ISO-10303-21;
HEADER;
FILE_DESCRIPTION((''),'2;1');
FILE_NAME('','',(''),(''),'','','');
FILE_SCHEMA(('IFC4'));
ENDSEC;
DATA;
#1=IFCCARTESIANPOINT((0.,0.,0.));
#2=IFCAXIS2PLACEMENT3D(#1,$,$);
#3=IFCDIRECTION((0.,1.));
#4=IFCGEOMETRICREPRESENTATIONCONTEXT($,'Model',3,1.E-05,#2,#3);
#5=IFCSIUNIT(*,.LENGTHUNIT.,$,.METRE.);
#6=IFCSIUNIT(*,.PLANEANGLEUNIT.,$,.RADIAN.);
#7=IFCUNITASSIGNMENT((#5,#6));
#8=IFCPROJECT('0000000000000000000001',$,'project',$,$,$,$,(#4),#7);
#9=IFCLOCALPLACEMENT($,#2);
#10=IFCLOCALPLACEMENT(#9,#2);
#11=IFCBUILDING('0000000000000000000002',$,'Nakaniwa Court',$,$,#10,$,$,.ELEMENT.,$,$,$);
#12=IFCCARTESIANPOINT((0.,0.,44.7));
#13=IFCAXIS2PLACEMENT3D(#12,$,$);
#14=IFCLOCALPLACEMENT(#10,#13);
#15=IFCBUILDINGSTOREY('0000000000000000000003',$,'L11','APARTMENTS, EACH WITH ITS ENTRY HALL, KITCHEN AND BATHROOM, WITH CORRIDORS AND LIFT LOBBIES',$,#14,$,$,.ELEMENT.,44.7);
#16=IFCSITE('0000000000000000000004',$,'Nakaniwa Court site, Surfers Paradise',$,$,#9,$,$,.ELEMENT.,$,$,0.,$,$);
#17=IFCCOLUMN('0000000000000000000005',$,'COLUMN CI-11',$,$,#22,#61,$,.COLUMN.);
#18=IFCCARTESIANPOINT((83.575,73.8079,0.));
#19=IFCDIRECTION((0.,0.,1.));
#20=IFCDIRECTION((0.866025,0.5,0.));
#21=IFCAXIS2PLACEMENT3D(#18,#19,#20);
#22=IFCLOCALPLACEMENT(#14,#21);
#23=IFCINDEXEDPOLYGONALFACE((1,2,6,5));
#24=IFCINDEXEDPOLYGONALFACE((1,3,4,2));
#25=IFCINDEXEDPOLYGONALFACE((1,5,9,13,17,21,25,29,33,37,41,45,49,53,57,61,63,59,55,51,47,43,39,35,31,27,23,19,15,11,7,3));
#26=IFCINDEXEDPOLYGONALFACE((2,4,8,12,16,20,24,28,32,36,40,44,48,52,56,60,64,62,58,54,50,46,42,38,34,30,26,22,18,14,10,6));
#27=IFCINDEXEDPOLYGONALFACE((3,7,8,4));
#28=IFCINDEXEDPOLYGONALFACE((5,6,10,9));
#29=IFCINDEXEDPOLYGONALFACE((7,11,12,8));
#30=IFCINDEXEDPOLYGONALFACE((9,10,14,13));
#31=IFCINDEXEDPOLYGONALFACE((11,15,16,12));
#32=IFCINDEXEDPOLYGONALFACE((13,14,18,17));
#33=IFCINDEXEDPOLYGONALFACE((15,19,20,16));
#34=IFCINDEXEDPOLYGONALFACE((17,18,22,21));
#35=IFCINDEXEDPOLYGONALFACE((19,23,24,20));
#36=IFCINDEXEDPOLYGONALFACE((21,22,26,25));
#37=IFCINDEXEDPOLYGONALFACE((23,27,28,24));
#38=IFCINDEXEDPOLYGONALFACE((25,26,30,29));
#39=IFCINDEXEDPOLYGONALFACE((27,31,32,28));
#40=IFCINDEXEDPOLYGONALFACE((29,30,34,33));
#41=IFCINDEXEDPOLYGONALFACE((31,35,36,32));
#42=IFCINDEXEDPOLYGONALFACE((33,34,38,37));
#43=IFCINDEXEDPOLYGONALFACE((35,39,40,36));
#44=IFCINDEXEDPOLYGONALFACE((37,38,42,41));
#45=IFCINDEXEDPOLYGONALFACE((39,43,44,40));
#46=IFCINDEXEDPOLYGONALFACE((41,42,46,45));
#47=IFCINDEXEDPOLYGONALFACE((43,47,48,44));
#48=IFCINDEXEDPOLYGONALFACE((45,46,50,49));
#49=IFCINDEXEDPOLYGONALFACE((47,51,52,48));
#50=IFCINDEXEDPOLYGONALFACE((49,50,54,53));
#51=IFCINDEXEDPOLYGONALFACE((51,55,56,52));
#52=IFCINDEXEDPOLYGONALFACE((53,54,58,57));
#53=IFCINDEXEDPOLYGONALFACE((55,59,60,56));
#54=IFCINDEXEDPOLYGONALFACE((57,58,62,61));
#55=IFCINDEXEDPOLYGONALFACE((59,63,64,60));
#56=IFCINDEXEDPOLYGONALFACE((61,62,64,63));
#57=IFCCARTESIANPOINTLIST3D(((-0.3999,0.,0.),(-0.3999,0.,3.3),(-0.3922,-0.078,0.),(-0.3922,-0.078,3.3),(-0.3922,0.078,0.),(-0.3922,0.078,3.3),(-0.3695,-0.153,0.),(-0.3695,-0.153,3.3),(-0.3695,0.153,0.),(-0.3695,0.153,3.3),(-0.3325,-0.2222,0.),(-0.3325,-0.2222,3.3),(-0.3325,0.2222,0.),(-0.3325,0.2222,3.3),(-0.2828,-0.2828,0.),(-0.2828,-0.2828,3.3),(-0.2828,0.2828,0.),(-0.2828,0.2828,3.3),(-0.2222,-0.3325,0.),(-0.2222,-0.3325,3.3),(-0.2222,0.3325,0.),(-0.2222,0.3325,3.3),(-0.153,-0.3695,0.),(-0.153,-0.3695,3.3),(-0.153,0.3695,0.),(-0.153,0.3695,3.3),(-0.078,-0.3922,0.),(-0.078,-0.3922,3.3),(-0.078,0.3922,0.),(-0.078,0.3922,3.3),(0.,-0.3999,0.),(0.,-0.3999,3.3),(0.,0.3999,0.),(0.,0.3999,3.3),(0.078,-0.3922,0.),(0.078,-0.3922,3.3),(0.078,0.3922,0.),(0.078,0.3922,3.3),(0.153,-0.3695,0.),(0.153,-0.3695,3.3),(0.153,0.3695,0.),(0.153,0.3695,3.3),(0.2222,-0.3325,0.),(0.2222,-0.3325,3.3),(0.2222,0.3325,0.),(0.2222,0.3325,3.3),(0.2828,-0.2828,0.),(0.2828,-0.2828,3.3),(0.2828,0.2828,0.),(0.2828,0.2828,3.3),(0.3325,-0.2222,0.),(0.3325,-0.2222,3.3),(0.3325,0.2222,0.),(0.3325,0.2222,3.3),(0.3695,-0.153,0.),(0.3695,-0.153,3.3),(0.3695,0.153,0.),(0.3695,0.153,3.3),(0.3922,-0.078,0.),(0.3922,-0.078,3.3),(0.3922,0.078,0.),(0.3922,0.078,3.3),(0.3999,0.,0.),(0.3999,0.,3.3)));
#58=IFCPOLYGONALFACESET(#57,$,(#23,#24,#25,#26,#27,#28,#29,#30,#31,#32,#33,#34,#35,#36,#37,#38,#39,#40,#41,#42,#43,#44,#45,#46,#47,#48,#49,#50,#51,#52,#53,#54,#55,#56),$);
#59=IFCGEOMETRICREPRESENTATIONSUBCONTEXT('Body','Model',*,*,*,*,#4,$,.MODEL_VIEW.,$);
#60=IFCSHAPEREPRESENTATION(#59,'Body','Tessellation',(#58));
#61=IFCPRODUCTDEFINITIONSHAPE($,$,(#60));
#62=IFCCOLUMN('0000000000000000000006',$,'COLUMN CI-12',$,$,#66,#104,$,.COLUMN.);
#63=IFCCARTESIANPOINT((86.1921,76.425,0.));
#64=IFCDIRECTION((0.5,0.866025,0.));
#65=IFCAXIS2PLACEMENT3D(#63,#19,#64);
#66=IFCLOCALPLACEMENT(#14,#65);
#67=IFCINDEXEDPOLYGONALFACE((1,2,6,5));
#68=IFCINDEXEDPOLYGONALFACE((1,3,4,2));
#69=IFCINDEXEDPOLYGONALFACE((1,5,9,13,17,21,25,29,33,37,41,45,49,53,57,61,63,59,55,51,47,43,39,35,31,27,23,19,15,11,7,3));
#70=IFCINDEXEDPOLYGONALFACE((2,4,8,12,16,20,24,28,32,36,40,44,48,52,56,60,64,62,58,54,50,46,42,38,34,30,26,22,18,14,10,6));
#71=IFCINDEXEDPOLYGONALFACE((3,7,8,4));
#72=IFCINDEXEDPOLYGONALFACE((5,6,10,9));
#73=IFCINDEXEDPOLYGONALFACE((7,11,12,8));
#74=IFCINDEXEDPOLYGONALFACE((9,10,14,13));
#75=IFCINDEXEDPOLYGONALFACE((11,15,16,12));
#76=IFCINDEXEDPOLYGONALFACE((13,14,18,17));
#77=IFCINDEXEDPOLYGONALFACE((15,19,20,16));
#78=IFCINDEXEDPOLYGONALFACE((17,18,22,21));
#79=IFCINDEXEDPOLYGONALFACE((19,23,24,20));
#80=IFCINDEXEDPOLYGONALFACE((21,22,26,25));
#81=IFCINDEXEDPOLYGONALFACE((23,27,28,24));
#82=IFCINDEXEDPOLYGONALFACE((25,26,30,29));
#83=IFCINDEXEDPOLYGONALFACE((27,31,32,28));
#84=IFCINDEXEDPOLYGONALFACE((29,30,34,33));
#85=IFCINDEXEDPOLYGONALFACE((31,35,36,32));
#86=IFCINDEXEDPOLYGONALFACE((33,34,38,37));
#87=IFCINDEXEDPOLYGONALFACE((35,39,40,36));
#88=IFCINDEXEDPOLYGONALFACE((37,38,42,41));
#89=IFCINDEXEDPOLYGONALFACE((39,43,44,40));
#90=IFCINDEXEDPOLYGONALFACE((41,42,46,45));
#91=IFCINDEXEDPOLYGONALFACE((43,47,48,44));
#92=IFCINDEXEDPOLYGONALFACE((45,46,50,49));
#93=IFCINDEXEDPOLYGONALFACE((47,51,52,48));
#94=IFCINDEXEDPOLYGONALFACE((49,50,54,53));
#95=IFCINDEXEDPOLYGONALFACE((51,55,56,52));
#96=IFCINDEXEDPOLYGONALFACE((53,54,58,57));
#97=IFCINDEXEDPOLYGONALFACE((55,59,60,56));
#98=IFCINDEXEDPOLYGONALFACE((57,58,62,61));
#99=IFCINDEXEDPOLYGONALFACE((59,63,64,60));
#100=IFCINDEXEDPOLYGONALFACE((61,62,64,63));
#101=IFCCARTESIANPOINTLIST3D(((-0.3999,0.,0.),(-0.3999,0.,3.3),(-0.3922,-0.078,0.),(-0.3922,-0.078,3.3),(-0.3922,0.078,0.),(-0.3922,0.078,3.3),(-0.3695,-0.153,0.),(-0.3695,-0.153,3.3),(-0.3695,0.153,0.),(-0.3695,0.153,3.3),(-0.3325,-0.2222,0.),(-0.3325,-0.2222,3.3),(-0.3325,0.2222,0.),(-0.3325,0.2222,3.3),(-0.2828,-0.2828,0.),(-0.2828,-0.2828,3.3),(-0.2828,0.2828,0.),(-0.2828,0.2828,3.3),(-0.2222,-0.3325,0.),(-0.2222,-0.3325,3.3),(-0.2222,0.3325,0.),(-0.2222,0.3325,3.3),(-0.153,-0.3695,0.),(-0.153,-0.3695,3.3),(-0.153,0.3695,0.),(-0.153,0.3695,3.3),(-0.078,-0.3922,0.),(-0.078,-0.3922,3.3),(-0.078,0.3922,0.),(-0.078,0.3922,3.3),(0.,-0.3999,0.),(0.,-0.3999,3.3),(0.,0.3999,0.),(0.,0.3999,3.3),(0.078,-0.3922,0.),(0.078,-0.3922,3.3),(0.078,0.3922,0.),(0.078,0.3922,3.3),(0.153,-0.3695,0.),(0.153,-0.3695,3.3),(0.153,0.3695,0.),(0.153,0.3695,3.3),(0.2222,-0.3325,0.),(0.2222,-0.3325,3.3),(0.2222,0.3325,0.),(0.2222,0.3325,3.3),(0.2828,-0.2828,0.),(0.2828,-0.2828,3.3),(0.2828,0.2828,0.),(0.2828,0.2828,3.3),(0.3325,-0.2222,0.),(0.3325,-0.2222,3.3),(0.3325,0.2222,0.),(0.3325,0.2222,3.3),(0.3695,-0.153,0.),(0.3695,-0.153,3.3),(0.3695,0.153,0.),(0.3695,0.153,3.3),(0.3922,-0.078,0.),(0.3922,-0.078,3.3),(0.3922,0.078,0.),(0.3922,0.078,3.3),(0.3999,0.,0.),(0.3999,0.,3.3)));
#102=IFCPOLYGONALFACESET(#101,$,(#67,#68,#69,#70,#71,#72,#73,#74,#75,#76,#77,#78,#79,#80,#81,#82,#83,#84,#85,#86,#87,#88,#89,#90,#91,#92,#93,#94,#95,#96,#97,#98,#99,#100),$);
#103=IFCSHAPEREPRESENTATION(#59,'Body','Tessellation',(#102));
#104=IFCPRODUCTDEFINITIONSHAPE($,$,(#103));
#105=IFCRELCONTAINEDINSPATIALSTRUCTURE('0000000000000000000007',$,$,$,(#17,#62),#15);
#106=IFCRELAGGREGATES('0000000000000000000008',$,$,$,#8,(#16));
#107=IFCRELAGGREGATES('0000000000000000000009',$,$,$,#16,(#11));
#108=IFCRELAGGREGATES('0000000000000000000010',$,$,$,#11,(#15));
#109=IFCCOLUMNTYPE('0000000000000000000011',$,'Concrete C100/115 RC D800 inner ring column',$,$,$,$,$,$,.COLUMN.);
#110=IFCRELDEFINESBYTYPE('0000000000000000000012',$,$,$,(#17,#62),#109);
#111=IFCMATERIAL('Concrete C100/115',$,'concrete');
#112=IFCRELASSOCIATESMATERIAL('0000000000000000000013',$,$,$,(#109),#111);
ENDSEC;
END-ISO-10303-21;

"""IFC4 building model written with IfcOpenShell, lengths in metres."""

from ifc_helpers import new_model, si_unit, direction, frame, origin, origin_2d, place, context, subcontext, project, spatial, circle, extrude, material, material_profile, profile_set, type_object, element, save


model = new_model("IFC4")

# Units and contexts
model_context = context("Model", 3, precision=1e-05, world=origin(), true_north=direction((0.0, 1.0)))
body_context = subcontext(model_context, "Body", "Model", "MODEL_VIEW")
ifc_project = project(units=[si_unit("LENGTHUNIT", "METRE"), si_unit("PLANEANGLEUNIT", "RADIAN")], contexts=[model_context])

# Site, building, storey
site_placement = place(None, origin())
site = spatial("IfcSite", under=ifc_project, at=site_placement, Name="Nakaniwa Court site, Surfers Paradise", CompositionType="ELEMENT", RefElevation=0.0)
building_placement = place(site_placement, origin())
building = spatial("IfcBuilding", under=site, at=building_placement, Name="Nakaniwa Court", CompositionType="ELEMENT")
storey_placement = place(building_placement, frame((0.0, 0.0, 44.7)))
storey = spatial("IfcBuildingStorey", under=building, at=storey_placement, Name="L11", Description="APARTMENTS, EACH WITH ITS ENTRY HALL, KITCHEN AND BATHROOM, WITH CORRIDORS AND LIFT LOBBIES", CompositionType="ELEMENT", Elevation=44.7)

# Columns
ifc_material_1 = material(Name="Concrete C100/115", Category="concrete")
ifc_material_profile_1 = material_profile(ifc_material_1, circle(Radius=0.3999, at=origin_2d()), Name="Concrete C100/115 RC D800 inner ring column")
ifc_profile_set_1 = profile_set([ifc_material_profile_1], Name="Concrete C100/115")
column_type = type_object("IfcColumnType", Name="Concrete C100/115 RC D800 inner ring column", PredefinedType="COLUMN", material=ifc_profile_set_1)
for number, where, z_axis, x_axis, name in (
    (1, (83.575, 73.8079, 0.0), (0.0, 0.0, 1.0), (0.866025, 0.5, 0.0), "COLUMN CI-11"),
    (2, (86.1921, 76.425, 0.0), (0.0, 0.0, 1.0), (0.5, 0.866025, 0.0), "COLUMN CI-12"),
):
    element("IfcColumn", number, at=place(storey_placement, frame(where, z_axis=z_axis, x_axis=x_axis)), inside=storey, type_object=column_type, Name=name, PredefinedType="COLUMN", context=body_context, shape_type="SweptSolid", body=[
        extrude(circle(Radius=0.3999, at=origin_2d()), origin(), (0.0, 0.0, 1.0), 3.3),
    ])

save(model, "model.ifc")
